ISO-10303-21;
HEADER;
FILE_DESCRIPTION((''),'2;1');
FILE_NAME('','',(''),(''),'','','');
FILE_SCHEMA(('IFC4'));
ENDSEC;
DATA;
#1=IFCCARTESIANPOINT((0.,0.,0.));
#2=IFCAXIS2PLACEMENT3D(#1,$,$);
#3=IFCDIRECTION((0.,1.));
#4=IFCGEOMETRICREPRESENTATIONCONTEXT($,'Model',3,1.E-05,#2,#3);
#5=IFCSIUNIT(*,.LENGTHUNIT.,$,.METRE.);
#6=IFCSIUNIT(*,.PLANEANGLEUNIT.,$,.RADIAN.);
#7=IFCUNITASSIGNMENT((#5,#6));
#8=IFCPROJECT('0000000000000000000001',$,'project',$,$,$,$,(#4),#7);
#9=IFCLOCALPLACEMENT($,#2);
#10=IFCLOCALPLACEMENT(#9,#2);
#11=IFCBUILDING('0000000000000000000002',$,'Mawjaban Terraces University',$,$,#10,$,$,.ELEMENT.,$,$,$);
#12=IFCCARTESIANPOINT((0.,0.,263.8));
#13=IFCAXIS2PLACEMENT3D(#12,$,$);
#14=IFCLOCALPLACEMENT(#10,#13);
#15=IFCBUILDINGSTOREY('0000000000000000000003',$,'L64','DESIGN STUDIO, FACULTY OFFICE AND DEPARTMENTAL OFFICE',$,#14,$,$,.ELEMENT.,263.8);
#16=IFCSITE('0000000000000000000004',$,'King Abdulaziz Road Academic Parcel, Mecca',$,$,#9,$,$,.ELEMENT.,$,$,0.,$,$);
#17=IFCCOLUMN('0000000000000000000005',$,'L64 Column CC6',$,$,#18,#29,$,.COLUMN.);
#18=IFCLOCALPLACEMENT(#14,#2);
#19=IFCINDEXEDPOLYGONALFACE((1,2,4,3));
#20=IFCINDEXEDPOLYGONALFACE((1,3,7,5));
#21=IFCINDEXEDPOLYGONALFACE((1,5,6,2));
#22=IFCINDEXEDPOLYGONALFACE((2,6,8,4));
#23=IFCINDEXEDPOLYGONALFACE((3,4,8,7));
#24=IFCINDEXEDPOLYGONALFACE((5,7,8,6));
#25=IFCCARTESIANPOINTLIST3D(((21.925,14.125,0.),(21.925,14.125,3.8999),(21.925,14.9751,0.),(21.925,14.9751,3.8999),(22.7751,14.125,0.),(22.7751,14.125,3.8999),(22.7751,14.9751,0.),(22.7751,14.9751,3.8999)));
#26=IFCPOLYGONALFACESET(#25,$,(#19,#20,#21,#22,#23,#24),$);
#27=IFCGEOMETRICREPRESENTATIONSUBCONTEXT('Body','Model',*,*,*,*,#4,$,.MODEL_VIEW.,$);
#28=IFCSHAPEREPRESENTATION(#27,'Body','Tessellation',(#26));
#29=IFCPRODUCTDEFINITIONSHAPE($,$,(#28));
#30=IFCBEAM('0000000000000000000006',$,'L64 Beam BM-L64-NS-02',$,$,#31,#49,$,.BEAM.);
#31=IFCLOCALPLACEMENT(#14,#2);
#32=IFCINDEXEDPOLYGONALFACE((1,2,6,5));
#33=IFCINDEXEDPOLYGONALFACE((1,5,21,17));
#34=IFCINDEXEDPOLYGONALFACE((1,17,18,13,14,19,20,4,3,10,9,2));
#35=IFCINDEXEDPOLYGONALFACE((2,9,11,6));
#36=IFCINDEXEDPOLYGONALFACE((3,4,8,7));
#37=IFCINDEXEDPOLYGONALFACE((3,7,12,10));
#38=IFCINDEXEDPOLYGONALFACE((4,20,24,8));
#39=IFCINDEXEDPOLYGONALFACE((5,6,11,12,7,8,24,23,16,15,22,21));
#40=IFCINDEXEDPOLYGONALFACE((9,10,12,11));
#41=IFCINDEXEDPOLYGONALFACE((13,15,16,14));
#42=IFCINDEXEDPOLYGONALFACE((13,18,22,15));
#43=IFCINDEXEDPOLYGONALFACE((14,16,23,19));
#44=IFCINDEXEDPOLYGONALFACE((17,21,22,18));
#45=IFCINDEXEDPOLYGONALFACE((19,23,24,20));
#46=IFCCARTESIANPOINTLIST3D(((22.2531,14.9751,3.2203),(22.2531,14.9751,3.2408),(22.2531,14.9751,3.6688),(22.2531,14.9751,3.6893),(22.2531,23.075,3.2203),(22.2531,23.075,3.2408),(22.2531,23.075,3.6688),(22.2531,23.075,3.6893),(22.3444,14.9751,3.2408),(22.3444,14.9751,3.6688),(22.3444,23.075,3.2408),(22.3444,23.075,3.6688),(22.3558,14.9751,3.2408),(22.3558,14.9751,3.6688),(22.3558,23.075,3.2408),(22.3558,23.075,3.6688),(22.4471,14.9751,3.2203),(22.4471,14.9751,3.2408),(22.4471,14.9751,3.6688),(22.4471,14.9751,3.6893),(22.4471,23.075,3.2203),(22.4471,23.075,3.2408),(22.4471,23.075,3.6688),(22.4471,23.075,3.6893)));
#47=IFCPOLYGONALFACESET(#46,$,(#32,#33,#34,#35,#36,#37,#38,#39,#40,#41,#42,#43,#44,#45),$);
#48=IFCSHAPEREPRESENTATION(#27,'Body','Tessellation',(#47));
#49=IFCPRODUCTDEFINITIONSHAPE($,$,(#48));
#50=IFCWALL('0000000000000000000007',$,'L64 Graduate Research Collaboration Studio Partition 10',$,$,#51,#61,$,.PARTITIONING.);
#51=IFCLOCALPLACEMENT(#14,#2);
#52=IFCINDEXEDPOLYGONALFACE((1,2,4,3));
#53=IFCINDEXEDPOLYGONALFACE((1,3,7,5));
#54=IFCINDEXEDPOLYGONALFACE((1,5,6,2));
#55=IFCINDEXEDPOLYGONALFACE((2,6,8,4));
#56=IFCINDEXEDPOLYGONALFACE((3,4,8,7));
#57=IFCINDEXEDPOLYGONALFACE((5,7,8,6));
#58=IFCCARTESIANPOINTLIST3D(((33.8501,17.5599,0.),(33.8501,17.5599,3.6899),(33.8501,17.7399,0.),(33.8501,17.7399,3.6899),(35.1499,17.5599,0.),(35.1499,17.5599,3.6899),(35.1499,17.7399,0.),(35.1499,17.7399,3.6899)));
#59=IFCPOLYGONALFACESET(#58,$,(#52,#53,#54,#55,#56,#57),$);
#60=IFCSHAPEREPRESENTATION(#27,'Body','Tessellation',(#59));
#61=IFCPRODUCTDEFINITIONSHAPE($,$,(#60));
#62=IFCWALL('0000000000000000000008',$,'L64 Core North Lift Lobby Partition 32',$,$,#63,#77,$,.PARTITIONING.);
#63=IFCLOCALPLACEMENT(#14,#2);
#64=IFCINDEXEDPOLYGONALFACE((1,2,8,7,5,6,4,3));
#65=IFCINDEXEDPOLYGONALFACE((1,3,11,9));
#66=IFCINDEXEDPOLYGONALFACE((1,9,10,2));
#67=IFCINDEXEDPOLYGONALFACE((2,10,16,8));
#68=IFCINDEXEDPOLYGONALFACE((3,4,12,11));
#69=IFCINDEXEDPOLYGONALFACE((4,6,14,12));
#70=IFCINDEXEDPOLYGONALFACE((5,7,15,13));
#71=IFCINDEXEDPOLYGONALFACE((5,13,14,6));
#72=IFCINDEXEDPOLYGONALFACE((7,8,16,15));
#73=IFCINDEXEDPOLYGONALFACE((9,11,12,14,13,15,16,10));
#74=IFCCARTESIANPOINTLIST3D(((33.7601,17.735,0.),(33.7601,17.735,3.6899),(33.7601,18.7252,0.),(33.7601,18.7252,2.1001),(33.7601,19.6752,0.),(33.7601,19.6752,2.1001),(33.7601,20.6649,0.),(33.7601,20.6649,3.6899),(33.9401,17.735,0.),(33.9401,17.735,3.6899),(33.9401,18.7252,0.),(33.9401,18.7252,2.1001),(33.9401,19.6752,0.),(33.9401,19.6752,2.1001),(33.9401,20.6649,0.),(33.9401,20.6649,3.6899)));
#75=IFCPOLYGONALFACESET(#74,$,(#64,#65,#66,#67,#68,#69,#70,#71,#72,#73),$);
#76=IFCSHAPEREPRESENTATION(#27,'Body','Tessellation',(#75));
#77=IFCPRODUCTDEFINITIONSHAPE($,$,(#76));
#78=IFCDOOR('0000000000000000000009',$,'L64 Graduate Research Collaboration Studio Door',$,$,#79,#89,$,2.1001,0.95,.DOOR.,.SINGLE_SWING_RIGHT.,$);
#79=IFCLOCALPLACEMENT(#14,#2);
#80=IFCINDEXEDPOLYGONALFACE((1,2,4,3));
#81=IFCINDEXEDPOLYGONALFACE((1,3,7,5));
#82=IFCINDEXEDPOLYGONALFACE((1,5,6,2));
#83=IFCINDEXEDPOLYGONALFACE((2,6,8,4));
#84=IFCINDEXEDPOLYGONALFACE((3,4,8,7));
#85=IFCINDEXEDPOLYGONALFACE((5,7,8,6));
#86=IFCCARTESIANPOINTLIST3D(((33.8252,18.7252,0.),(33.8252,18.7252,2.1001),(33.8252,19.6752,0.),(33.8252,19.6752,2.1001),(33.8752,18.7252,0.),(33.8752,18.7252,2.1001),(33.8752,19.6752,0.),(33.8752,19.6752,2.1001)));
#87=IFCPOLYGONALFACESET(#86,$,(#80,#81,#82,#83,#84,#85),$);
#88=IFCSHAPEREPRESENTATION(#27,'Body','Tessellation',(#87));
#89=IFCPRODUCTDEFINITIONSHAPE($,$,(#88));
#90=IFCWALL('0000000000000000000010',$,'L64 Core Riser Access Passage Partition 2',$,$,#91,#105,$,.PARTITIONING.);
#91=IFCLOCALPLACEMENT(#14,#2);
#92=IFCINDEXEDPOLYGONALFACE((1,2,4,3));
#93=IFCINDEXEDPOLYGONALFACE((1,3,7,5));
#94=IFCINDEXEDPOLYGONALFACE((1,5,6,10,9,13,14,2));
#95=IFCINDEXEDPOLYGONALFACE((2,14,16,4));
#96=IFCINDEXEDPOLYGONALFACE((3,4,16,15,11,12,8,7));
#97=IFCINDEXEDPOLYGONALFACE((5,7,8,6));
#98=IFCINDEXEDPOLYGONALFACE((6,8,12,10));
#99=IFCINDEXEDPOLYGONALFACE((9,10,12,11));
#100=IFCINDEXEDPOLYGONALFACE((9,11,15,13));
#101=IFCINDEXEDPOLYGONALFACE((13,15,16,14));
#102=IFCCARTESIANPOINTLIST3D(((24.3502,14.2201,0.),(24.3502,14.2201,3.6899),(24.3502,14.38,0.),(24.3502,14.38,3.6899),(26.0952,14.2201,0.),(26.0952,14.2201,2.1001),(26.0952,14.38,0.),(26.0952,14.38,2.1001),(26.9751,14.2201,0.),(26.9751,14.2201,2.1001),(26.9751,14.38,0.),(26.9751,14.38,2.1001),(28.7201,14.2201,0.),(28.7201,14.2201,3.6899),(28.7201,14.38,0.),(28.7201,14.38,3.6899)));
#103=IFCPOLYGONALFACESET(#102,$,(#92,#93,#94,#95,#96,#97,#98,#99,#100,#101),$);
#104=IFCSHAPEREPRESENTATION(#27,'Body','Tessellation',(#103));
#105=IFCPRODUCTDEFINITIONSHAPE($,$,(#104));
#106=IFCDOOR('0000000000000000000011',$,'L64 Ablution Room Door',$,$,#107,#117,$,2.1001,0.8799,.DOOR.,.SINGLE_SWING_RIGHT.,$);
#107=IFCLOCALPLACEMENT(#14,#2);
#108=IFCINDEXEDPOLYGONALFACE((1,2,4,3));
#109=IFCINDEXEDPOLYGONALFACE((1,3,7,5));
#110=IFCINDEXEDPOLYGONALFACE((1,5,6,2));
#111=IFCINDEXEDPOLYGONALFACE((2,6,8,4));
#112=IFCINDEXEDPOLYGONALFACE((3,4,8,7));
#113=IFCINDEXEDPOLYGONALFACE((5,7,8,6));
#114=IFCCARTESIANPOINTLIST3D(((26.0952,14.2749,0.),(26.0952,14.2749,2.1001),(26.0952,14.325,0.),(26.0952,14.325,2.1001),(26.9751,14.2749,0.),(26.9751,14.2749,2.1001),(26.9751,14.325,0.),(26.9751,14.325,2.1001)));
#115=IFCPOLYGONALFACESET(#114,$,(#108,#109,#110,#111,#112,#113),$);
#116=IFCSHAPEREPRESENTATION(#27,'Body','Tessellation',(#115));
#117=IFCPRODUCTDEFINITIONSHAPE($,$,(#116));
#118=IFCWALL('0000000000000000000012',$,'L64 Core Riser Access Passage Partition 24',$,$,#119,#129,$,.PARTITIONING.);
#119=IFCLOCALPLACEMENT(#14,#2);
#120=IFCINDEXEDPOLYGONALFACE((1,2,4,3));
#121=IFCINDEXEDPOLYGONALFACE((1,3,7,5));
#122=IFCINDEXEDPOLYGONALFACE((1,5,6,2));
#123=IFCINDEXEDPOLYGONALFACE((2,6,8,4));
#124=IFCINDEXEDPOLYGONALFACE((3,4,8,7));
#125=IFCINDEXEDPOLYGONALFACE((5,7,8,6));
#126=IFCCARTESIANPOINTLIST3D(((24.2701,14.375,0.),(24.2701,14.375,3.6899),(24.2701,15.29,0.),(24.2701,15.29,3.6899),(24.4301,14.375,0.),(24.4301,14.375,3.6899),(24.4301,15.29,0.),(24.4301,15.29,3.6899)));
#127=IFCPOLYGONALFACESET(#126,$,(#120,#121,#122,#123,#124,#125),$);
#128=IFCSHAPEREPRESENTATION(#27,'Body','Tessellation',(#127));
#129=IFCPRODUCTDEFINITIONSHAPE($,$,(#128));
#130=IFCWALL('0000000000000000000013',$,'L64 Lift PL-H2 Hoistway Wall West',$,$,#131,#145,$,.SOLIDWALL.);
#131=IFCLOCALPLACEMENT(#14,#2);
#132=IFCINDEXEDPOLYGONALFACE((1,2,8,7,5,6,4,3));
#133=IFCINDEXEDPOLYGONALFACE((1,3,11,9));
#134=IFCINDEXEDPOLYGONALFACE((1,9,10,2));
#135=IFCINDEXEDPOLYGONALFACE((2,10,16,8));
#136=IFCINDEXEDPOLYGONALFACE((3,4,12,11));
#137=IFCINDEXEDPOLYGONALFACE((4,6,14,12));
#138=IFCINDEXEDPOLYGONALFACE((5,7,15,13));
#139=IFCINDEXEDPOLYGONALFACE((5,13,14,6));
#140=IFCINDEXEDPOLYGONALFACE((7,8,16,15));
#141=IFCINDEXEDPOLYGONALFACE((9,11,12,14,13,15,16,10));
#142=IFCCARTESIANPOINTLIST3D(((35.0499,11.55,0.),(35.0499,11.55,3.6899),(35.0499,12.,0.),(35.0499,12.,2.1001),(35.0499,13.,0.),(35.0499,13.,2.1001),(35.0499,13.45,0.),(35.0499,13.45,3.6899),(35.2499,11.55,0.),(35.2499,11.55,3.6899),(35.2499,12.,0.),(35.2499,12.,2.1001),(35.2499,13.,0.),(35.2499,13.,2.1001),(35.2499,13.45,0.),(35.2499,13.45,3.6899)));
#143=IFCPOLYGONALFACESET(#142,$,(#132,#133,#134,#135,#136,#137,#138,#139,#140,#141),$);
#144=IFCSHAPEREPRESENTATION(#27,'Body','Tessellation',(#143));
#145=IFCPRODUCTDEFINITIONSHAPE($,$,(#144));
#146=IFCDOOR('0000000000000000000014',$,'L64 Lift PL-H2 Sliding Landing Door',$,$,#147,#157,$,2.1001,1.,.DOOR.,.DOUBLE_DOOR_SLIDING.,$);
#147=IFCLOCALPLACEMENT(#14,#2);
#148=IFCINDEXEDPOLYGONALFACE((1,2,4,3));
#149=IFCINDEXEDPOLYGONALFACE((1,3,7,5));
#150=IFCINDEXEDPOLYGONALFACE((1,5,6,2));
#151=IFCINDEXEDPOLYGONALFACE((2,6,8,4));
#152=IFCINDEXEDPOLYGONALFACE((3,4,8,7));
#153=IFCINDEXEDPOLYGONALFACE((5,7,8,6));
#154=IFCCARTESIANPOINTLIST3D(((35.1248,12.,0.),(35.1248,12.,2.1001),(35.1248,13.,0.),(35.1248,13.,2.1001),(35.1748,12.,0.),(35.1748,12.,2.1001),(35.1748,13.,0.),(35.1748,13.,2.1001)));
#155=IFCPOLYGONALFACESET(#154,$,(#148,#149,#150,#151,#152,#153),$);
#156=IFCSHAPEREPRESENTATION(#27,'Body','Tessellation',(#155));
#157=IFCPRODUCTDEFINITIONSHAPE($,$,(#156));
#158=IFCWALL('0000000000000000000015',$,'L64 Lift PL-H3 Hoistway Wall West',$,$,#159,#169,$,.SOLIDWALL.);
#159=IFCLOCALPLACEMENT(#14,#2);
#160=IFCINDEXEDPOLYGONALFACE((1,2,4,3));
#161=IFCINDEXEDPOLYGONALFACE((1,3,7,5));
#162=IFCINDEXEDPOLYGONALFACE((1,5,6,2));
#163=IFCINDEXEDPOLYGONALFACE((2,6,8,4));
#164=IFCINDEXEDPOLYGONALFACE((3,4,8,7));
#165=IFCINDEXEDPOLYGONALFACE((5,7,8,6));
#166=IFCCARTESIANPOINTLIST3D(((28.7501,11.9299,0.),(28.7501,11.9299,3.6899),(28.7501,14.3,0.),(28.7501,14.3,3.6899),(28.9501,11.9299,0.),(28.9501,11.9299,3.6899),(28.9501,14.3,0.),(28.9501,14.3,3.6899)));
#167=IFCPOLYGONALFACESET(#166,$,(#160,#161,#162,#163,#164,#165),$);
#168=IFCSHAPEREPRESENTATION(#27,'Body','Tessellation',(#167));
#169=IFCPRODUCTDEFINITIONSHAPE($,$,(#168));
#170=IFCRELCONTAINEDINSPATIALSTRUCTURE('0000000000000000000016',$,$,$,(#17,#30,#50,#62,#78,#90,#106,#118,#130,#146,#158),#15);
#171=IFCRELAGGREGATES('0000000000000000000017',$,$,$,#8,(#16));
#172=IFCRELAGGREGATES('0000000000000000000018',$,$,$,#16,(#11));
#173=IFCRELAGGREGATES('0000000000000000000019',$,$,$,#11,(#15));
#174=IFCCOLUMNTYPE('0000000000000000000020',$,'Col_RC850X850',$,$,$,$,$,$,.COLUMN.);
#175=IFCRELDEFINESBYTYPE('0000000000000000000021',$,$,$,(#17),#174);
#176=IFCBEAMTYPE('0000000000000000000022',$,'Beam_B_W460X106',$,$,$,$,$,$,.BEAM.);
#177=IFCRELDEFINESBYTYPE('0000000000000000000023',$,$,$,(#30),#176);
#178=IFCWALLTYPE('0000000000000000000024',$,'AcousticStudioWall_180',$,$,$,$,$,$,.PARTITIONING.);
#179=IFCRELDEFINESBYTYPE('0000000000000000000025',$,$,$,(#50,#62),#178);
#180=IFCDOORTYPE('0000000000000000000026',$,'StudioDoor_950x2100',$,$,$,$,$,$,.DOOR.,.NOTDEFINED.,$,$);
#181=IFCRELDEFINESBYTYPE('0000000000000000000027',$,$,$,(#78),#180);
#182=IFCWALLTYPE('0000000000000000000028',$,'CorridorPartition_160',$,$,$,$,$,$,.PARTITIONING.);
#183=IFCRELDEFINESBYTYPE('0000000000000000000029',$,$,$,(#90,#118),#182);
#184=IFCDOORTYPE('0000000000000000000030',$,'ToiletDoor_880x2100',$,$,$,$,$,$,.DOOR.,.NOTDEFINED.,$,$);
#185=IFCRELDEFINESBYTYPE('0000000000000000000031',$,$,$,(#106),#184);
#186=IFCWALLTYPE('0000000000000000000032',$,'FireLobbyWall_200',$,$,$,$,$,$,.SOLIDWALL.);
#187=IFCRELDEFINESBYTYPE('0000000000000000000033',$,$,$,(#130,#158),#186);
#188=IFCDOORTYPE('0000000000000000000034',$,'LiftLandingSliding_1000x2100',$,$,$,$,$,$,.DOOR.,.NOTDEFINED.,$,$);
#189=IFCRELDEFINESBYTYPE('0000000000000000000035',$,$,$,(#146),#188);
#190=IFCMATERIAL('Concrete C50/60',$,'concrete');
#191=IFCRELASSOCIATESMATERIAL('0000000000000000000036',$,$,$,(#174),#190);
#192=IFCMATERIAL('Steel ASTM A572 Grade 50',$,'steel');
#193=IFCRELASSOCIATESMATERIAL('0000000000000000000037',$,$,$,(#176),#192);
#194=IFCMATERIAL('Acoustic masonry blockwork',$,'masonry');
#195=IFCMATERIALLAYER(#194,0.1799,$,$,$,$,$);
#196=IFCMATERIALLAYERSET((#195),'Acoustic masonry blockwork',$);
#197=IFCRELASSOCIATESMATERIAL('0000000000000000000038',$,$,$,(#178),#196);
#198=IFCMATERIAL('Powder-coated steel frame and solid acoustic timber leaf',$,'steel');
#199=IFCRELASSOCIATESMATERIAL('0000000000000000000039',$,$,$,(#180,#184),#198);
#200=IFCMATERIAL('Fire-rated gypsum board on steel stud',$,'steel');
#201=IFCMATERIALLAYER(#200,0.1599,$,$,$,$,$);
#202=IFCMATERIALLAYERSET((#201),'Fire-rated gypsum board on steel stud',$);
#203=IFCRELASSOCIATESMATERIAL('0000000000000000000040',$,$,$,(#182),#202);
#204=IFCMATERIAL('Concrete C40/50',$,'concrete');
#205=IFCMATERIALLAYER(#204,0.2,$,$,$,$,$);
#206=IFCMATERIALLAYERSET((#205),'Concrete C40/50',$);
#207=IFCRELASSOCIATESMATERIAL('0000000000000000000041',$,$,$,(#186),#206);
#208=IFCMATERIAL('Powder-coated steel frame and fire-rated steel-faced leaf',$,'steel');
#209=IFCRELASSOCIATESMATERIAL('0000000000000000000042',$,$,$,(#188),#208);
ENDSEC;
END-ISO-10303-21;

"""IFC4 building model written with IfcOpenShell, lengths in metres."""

from ifc_helpers import new_model, si_unit, direction, frame, frame_2d, origin, origin_2d, place, context, subcontext, project, spatial, rectangle, i_section, extrude, material, layer, layer_set, material_profile, profile_set, type_object, element, fill, save


model = new_model("IFC4")

# Units and contexts
model_context = context("Model", 3, precision=1e-05, world=origin(), true_north=direction((0.0, 1.0)))
body_context = subcontext(model_context, "Body", "Model", "MODEL_VIEW")
ifc_project = project(units=[si_unit("LENGTHUNIT", "METRE"), si_unit("PLANEANGLEUNIT", "RADIAN")], contexts=[model_context])

# Site, building, storey
site_placement = place(None, origin())
site = spatial("IfcSite", under=ifc_project, at=site_placement, Name="King Abdulaziz Road Academic Parcel, Mecca", CompositionType="ELEMENT", RefElevation=0.0)
building_placement = place(site_placement, origin())
building = spatial("IfcBuilding", under=site, at=building_placement, Name="Mawjaban Terraces University", CompositionType="ELEMENT")
storey_placement = place(building_placement, frame((0.0, 0.0, 263.8)))
storey = spatial("IfcBuildingStorey", under=building, at=storey_placement, Name="L64", Description="DESIGN STUDIO, FACULTY OFFICE AND DEPARTMENTAL OFFICE", CompositionType="ELEMENT", Elevation=263.8)

# Column
ifc_material_1 = material(Name="Concrete C50/60", Category="concrete")
ifc_material_profile_1 = material_profile(ifc_material_1, rectangle(XDim=0.8501, YDim=0.8501, at=origin_2d()), Name="RC850X850")
ifc_profile_set_1 = profile_set([ifc_material_profile_1], Name="Concrete C50/60")
column_type = type_object("IfcColumnType", Name="Col_RC850X850", PredefinedType="COLUMN", material=ifc_profile_set_1)
column_placement = place(storey_placement, frame((22.3501, 14.55, 0.0), z_axis=(0.0, 0.0, 1.0), x_axis=(1.0, 0.0, 0.0)))
element("IfcColumn", 1, at=column_placement, inside=storey, type_object=column_type, Name="L64 Column CC6", PredefinedType="COLUMN", context=body_context, shape_type="SweptSolid", body=[
    extrude(rectangle(XDim=0.8501, YDim=0.8501, at=origin_2d()), origin(), (0.0, 0.0, 1.0), 3.8999),
])

# Beam
ifc_material_2 = material(Name="Steel ASTM A572 Grade 50", Category="steel")
ifc_material_profile_2 = material_profile(ifc_material_2, i_section(OverallWidth=0.1941, OverallDepth=0.469, WebThickness=0.0115, FlangeThickness=0.0205, at=origin_2d()), Name="W460X106")
ifc_profile_set_2 = profile_set([ifc_material_profile_2], Name="Steel ASTM A572 Grade 50")
beam_type = type_object("IfcBeamType", Name="Beam_B_W460X106", PredefinedType="BEAM", material=ifc_profile_set_2)
beam_placement = place(storey_placement, frame((22.3501, 14.9751, 3.4548), z_axis=(0.0, 1.0, 0.0), x_axis=(-1.0, 0.0, 0.0)))
element("IfcBeam", 2, at=beam_placement, inside=storey, type_object=beam_type, Name="L64 Beam BM-L64-NS-02", PredefinedType="BEAM", context=body_context, shape_type="SweptSolid", body=[
    extrude(i_section(OverallWidth=0.1941, OverallDepth=0.469, WebThickness=0.0115, FlangeThickness=0.0205, at=origin_2d()), origin(), (0.0, 0.0, 1.0), 8.0999),
])

# Wall
ifc_material_3 = material(Name="Acoustic masonry blockwork", Category="masonry")
ifc_layer_1 = layer(ifc_material_3, 0.1799)
ifc_layer_set_1 = layer_set([ifc_layer_1], Name="Acoustic masonry blockwork")
wall_type_1 = type_object("IfcWallType", Name="AcousticStudioWall_180", PredefinedType="PARTITIONING", material=ifc_layer_set_1)
wall_1_placement = place(storey_placement, frame((33.8501, 17.6499, 0.0), z_axis=(0.0, 0.0, 1.0), x_axis=(1.0, 0.0, 0.0)))
element("IfcWall", 3, at=wall_1_placement, inside=storey, type_object=wall_type_1, Name="L64 Graduate Research Collaboration Studio Partition 10", PredefinedType="PARTITIONING", context=body_context, shape_type="SweptSolid", body=[
    extrude(rectangle(XDim=1.2998, YDim=0.1799, at=frame_2d((0.6499, 0.0))), origin(), (0.0, 0.0, 1.0), 3.6899),
])

# Walls, openings, doors
wall_2_placement = place(storey_placement, frame((33.8501, 17.7351, 0.0), z_axis=(0.0, 0.0, 1.0), x_axis=(0.0, 1.0, 0.0)))
wall_2 = element("IfcWall", 4, at=wall_2_placement, inside=storey, type_object=wall_type_1, Name="L64 Core North Lift Lobby Partition 32", PredefinedType="PARTITIONING", context=body_context, shape_type="SweptSolid", body=[
    extrude(rectangle(XDim=2.9299, YDim=0.1799, at=frame_2d((1.4648, 0.0))), origin(), (0.0, 0.0, 1.0), 3.6899),
])
opening_1_placement = place(wall_2_placement, frame((0.99, 0.0, 0.0)))
opening_1 = element("IfcOpeningElement", 5, at=opening_1_placement, cuts=wall_2, PredefinedType="OPENING", context=body_context, shape_type="SweptSolid", body=[
    extrude(rectangle(XDim=0.95, YDim=2.1001, at=frame_2d((0.4751, 1.05))), frame((0.0, 0.0999, 0.0), z_axis=(0.0, -1.0, 0.0), x_axis=(1.0, 0.0, 0.0)), (0.0, 0.0, 1.0), 0.2),
])
ifc_material_4 = material(Name="Powder-coated steel frame and solid acoustic timber leaf", Category="steel")
door_type_1 = type_object("IfcDoorType", Name="StudioDoor_950x2100", OperationType="NOTDEFINED", PredefinedType="DOOR", material=ifc_material_4)
door_1_placement = place(opening_1_placement, origin())
door_1 = element("IfcDoor", 6, at=door_1_placement, inside=storey, type_object=door_type_1, Name="L64 Graduate Research Collaboration Studio Door", OperationType="SINGLE_SWING_RIGHT", OverallHeight=2.1001, OverallWidth=0.95, PredefinedType="DOOR", context=body_context, shape_type="SweptSolid", body=[
    extrude(rectangle(XDim=0.95, YDim=2.1001, at=frame_2d((0.4751, 1.05))), frame((0.0, 0.0249, 0.0), z_axis=(0.0, -1.0, 0.0), x_axis=(1.0, 0.0, 0.0)), (0.0, 0.0, 1.0), 0.05),
])
fill(opening_1, door_1)
ifc_material_5 = material(Name="Fire-rated gypsum board on steel stud", Category="steel")
ifc_layer_2 = layer(ifc_material_5, 0.1599)
ifc_layer_set_2 = layer_set([ifc_layer_2], Name="Fire-rated gypsum board on steel stud")
wall_type_2 = type_object("IfcWallType", Name="CorridorPartition_160", PredefinedType="PARTITIONING", material=ifc_layer_set_2)
wall_3_placement = place(storey_placement, frame((24.3501, 14.3, 0.0), z_axis=(0.0, 0.0, 1.0), x_axis=(1.0, 0.0, 0.0)))
wall_3 = element("IfcWall", 7, at=wall_3_placement, inside=storey, type_object=wall_type_2, Name="L64 Core Riser Access Passage Partition 2", PredefinedType="PARTITIONING", context=body_context, shape_type="SweptSolid", body=[
    extrude(rectangle(XDim=4.3699, YDim=0.1599, at=frame_2d((2.1851, 0.0))), origin(), (0.0, 0.0, 1.0), 3.6899),
])
opening_2_placement = place(wall_3_placement, frame((1.7451, 0.0, 0.0)))
opening_2 = element("IfcOpeningElement", 8, at=opening_2_placement, cuts=wall_3, PredefinedType="OPENING", context=body_context, shape_type="SweptSolid", body=[
    extrude(rectangle(XDim=0.8799, YDim=2.1001, at=frame_2d((0.4399, 1.05))), frame((0.0, 0.0898, 0.0), z_axis=(0.0, -1.0, 0.0), x_axis=(1.0, 0.0, 0.0)), (0.0, 0.0, 1.0), 0.1799),
])
door_type_2 = type_object("IfcDoorType", Name="ToiletDoor_880x2100", OperationType="NOTDEFINED", PredefinedType="DOOR", material=ifc_material_4)
door_2_placement = place(opening_2_placement, origin())
door_2 = element("IfcDoor", 9, at=door_2_placement, inside=storey, type_object=door_type_2, Name="L64 Ablution Room Door", OperationType="SINGLE_SWING_RIGHT", OverallHeight=2.1001, OverallWidth=0.8799, PredefinedType="DOOR", context=body_context, shape_type="SweptSolid", body=[
    extrude(rectangle(XDim=0.8799, YDim=2.1001, at=frame_2d((0.4399, 1.05))), frame((0.0, 0.0249, 0.0), z_axis=(0.0, -1.0, 0.0), x_axis=(1.0, 0.0, 0.0)), (0.0, 0.0, 1.0), 0.05),
])
fill(opening_2, door_2)

# Wall
wall_4_placement = place(storey_placement, frame((24.3501, 15.29, 0.0), z_axis=(0.0, 0.0, 1.0), x_axis=(0.0, -1.0, 0.0)))
element("IfcWall", 10, at=wall_4_placement, inside=storey, type_object=wall_type_2, Name="L64 Core Riser Access Passage Partition 24", PredefinedType="PARTITIONING", context=body_context, shape_type="SweptSolid", body=[
    extrude(rectangle(XDim=0.915, YDim=0.1599, at=frame_2d((0.4575, 0.0))), origin(), (0.0, 0.0, 1.0), 3.6899),
])

# Wall, opening, door
ifc_material_6 = material(Name="Concrete C40/50", Category="concrete")
ifc_layer_3 = layer(ifc_material_6, 0.2)
ifc_layer_set_3 = layer_set([ifc_layer_3], Name="Concrete C40/50")
wall_type_3 = type_object("IfcWallType", Name="FireLobbyWall_200", PredefinedType="SOLIDWALL", material=ifc_layer_set_3)
wall_5_placement = place(storey_placement, frame((35.1499, 13.45, 0.0), z_axis=(0.0, 0.0, 1.0), x_axis=(0.0, -1.0, 0.0)))
wall_5 = element("IfcWall", 11, at=wall_5_placement, inside=storey, type_object=wall_type_3, Name="L64 Lift PL-H2 Hoistway Wall West", PredefinedType="SOLIDWALL", context=body_context, shape_type="SweptSolid", body=[
    extrude(rectangle(XDim=1.8999, YDim=0.2, at=frame_2d((0.95, 0.0))), origin(), (0.0, 0.0, 1.0), 3.6899),
])
opening_3_placement = place(wall_5_placement, frame((0.45, 0.0, 0.0)))
opening_3 = element("IfcOpeningElement", 12, at=opening_3_placement, cuts=wall_5, PredefinedType="OPENING", context=body_context, shape_type="SweptSolid", body=[
    extrude(rectangle(XDim=1.0, YDim=2.1001, at=frame_2d((0.5, 1.05))), frame((0.0, 0.1099, 0.0), z_axis=(0.0, -1.0, 0.0), x_axis=(1.0, 0.0, 0.0)), (0.0, 0.0, 1.0), 0.22),
])
ifc_material_7 = material(Name="Powder-coated steel frame and fire-rated steel-faced leaf", Category="steel")
door_type_3 = type_object("IfcDoorType", Name="LiftLandingSliding_1000x2100", OperationType="NOTDEFINED", PredefinedType="DOOR", material=ifc_material_7)
door_3_placement = place(opening_3_placement, origin())
door_3 = element("IfcDoor", 13, at=door_3_placement, inside=storey, type_object=door_type_3, Name="L64 Lift PL-H2 Sliding Landing Door", OperationType="DOUBLE_DOOR_SLIDING", OverallHeight=2.1001, OverallWidth=1.0, PredefinedType="DOOR", context=body_context, shape_type="SweptSolid", body=[
    extrude(rectangle(XDim=1.0, YDim=2.1001, at=frame_2d((0.5, 1.05))), frame((0.0, 0.0249, 0.0), z_axis=(0.0, -1.0, 0.0), x_axis=(1.0, 0.0, 0.0)), (0.0, 0.0, 1.0), 0.05),
])
fill(opening_3, door_3)

# Wall
wall_6_placement = place(storey_placement, frame((28.8501, 14.3, 0.0), z_axis=(0.0, 0.0, 1.0), x_axis=(0.0, -1.0, 0.0)))
element("IfcWall", 14, at=wall_6_placement, inside=storey, type_object=wall_type_3, Name="L64 Lift PL-H3 Hoistway Wall West", PredefinedType="SOLIDWALL", context=body_context, shape_type="SweptSolid", body=[
    extrude(rectangle(XDim=2.3701, YDim=0.2, at=frame_2d((1.1851, 0.0))), origin(), (0.0, 0.0, 1.0), 3.6899),
])

save(model, "model.ifc")
